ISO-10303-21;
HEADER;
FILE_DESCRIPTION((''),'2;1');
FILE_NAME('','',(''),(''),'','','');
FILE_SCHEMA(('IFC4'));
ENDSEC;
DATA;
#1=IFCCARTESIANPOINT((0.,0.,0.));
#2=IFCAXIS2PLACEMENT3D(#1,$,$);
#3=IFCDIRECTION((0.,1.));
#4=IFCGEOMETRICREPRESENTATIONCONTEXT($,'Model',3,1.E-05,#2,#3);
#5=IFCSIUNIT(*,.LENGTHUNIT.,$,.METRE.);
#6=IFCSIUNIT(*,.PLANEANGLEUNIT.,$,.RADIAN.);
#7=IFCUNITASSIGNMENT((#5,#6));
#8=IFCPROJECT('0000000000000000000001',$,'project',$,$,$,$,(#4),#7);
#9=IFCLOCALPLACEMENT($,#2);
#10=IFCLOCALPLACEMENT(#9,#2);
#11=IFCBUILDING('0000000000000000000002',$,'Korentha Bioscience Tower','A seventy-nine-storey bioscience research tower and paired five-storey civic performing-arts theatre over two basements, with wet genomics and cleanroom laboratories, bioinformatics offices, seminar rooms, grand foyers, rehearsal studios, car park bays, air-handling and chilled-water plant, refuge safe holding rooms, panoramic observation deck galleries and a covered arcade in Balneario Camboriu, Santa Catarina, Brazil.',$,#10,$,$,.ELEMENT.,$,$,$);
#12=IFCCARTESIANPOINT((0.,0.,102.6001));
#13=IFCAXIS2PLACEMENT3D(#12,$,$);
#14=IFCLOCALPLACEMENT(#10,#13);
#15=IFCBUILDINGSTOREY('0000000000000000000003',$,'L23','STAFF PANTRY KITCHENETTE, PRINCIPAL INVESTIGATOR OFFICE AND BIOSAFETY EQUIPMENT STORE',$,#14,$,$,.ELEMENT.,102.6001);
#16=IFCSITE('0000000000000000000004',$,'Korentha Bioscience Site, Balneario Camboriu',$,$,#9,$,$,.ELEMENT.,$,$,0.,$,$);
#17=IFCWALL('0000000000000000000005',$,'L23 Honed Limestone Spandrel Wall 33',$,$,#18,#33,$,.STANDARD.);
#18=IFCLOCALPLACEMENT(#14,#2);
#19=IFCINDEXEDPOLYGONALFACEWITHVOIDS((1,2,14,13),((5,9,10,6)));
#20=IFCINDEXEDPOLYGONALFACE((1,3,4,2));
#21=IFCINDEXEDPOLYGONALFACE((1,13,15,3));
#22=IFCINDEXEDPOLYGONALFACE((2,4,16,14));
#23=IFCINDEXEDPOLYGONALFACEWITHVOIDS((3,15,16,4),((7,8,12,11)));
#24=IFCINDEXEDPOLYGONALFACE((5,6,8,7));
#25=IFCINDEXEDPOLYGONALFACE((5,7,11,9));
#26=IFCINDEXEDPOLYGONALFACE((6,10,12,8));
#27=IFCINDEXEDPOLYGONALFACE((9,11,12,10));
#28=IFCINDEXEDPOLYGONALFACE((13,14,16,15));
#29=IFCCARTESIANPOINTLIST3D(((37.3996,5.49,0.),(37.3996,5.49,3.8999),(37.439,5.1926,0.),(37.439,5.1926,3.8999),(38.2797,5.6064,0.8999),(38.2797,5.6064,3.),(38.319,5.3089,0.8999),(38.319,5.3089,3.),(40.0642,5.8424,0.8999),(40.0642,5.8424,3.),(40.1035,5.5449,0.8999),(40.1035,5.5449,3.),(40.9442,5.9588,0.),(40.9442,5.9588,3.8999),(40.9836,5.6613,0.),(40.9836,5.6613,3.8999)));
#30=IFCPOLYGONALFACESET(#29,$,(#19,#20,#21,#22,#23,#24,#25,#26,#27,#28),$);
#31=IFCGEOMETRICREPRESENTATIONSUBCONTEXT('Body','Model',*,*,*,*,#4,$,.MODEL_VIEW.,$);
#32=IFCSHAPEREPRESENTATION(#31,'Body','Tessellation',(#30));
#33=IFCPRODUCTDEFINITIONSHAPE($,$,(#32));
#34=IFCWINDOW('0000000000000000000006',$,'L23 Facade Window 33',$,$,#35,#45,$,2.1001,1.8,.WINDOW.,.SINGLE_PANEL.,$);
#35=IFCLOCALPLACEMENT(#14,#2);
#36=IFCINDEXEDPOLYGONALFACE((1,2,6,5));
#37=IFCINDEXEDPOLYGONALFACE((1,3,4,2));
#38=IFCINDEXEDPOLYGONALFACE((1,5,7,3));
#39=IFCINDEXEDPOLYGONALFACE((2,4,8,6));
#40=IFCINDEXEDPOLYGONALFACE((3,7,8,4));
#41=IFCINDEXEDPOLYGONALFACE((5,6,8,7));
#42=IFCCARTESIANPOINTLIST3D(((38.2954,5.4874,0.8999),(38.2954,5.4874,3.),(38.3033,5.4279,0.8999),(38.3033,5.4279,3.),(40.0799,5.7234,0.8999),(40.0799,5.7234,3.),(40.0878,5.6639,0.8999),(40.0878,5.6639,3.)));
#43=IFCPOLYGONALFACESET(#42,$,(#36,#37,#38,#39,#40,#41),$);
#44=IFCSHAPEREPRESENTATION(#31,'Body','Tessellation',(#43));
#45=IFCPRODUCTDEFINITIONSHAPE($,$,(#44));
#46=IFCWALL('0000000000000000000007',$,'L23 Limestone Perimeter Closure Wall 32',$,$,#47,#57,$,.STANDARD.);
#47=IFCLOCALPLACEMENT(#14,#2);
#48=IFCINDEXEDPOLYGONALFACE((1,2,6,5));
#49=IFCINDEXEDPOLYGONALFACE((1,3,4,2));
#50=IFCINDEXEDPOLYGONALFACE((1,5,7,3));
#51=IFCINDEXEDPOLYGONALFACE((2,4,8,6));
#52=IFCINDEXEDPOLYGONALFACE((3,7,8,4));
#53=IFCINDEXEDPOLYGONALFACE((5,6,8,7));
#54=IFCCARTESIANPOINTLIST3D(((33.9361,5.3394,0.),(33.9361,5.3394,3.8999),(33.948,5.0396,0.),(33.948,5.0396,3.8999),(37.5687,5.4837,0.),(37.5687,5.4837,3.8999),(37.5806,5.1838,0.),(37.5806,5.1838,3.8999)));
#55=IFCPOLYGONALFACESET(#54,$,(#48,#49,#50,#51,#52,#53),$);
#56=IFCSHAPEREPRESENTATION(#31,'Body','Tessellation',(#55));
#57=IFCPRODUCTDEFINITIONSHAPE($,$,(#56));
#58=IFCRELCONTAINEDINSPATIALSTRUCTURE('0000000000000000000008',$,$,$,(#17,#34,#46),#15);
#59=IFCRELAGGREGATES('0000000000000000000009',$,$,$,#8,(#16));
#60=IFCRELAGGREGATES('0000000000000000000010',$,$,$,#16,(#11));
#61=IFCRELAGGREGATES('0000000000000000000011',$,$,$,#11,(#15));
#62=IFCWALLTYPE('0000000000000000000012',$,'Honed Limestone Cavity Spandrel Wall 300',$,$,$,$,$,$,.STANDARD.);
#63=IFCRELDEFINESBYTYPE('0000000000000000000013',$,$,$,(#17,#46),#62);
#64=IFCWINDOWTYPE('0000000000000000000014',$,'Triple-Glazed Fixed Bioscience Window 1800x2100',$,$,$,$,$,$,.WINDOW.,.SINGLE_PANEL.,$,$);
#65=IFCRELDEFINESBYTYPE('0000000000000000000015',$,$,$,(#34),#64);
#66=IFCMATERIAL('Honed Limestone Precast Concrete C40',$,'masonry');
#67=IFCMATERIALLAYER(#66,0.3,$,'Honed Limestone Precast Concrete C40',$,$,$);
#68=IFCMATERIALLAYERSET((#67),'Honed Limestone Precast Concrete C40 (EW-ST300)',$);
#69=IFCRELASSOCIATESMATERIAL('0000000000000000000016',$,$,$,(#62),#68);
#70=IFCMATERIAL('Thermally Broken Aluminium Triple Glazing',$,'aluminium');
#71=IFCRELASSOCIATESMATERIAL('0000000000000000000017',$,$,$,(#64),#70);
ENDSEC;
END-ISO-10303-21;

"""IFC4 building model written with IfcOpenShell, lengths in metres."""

from ifc_helpers import new_model, si_unit, direction, frame, frame_2d, origin, place, context, subcontext, project, spatial, rectangle, extrude, material, layer, layer_set, type_object, element, fill, save


model = new_model("IFC4")

# Units and contexts
model_context = context("Model", 3, precision=1e-05, world=origin(), true_north=direction((0.0, 1.0)))
body_context = subcontext(model_context, "Body", "Model", "MODEL_VIEW")
ifc_project = project(units=[si_unit("LENGTHUNIT", "METRE"), si_unit("PLANEANGLEUNIT", "RADIAN")], contexts=[model_context])

# Site, building, storey
site_placement = place(None, origin())
site = spatial("IfcSite", under=ifc_project, at=site_placement, Name="Korentha Bioscience Site, Balneario Camboriu", CompositionType="ELEMENT", RefElevation=0.0)
building_placement = place(site_placement, origin())
building = spatial("IfcBuilding", under=site, at=building_placement, Name="Korentha Bioscience Tower", Description="A seventy-nine-storey bioscience research tower and paired five-storey civic performing-arts theatre over two basements, with wet genomics and cleanroom laboratories, bioinformatics offices, seminar rooms, grand foyers, rehearsal studios, car park bays, air-handling and chilled-water plant, refuge safe holding rooms, panoramic observation deck galleries and a covered arcade in Balneario Camboriu, Santa Catarina, Brazil.", CompositionType="ELEMENT")
storey_placement = place(building_placement, frame((0.0, 0.0, 102.6001)))
storey = spatial("IfcBuildingStorey", under=building, at=storey_placement, Name="L23", Description="STAFF PANTRY KITCHENETTE, PRINCIPAL INVESTIGATOR OFFICE AND BIOSAFETY EQUIPMENT STORE", CompositionType="ELEMENT", Elevation=102.6001)

# Wall, opening, window
ifc_material_1 = material(Name="Honed Limestone Precast Concrete C40", Category="masonry")
ifc_layer_1 = layer(ifc_material_1, 0.3, Name="Honed Limestone Precast Concrete C40")
ifc_layer_set_1 = layer_set([ifc_layer_1], Name="Honed Limestone Precast Concrete C40 (EW-ST300)")
wall_type_1 = type_object("IfcWallType", Name="Honed Limestone Cavity Spandrel Wall 300", PredefinedType="STANDARD", material=ifc_layer_set_1)
wall_1_placement = place(storey_placement, frame((37.4194, 5.3413, 0.0), z_axis=(0.0, 0.0, 1.0), x_axis=(0.991369, 0.131099, 0.0)))
wall_1 = element("IfcWall", 1, at=wall_1_placement, inside=storey, type_object=wall_type_1, Name="L23 Honed Limestone Spandrel Wall 33", PredefinedType="STANDARD", context=body_context, shape_type="SweptSolid", body=[
    extrude(rectangle(XDim=3.5754, YDim=0.3, at=frame_2d((1.7876, 0.0))), origin(), (0.0, 0.0, 1.0), 3.8999),
])
opening_placement = place(wall_1_placement, frame((0.8877, 0.0, 0.8999)))
opening = element("IfcOpeningElement", 2, at=opening_placement, cuts=wall_1, PredefinedType="OPENING", context=body_context, shape_type="SweptSolid", body=[
    extrude(rectangle(XDim=1.8, YDim=2.1001, at=frame_2d((0.8999, 1.05))), frame((0.0, 0.165, 0.0), z_axis=(0.0, -1.0, 0.0), x_axis=(1.0, 0.0, 0.0)), (0.0, 0.0, 1.0), 0.3298),
])
ifc_material_2 = material(Name="Thermally Broken Aluminium Triple Glazing", Category="aluminium")
window_type = type_object("IfcWindowType", Name="Triple-Glazed Fixed Bioscience Window 1800x2100", PartitioningType="SINGLE_PANEL", PredefinedType="WINDOW", material=ifc_material_2)
window_placement = place(opening_placement, origin())
window = element("IfcWindow", 3, at=window_placement, inside=storey, type_object=window_type, Name="L23 Facade Window 33", OverallHeight=2.1001, OverallWidth=1.8, PartitioningType="SINGLE_PANEL", PredefinedType="WINDOW", context=body_context, shape_type="SweptSolid", body=[
    extrude(rectangle(XDim=1.8, YDim=2.1001, at=frame_2d((0.8999, 1.05))), frame((0.0, 0.03, 0.0), z_axis=(0.0, -1.0, 0.0), x_axis=(1.0, 0.0, 0.0)), (0.0, 0.0, 1.0), 0.0601),
])
fill(opening, window)

# Wall
wall_2_placement = place(storey_placement, frame((33.9419, 5.1895, 0.0), z_axis=(0.0, 0.0, 1.0), x_axis=(0.999212, 0.039689, 0.0)))
element("IfcWall", 4, at=wall_2_placement, inside=storey, type_object=wall_type_1, Name="L23 Limestone Perimeter Closure Wall 32", PredefinedType="STANDARD", context=body_context, shape_type="SweptSolid", body=[
    extrude(rectangle(XDim=3.6355, YDim=0.3, at=frame_2d((1.8179, 0.0))), origin(), (0.0, 0.0, 1.0), 3.8999),
])

save(model, "model.ifc")
